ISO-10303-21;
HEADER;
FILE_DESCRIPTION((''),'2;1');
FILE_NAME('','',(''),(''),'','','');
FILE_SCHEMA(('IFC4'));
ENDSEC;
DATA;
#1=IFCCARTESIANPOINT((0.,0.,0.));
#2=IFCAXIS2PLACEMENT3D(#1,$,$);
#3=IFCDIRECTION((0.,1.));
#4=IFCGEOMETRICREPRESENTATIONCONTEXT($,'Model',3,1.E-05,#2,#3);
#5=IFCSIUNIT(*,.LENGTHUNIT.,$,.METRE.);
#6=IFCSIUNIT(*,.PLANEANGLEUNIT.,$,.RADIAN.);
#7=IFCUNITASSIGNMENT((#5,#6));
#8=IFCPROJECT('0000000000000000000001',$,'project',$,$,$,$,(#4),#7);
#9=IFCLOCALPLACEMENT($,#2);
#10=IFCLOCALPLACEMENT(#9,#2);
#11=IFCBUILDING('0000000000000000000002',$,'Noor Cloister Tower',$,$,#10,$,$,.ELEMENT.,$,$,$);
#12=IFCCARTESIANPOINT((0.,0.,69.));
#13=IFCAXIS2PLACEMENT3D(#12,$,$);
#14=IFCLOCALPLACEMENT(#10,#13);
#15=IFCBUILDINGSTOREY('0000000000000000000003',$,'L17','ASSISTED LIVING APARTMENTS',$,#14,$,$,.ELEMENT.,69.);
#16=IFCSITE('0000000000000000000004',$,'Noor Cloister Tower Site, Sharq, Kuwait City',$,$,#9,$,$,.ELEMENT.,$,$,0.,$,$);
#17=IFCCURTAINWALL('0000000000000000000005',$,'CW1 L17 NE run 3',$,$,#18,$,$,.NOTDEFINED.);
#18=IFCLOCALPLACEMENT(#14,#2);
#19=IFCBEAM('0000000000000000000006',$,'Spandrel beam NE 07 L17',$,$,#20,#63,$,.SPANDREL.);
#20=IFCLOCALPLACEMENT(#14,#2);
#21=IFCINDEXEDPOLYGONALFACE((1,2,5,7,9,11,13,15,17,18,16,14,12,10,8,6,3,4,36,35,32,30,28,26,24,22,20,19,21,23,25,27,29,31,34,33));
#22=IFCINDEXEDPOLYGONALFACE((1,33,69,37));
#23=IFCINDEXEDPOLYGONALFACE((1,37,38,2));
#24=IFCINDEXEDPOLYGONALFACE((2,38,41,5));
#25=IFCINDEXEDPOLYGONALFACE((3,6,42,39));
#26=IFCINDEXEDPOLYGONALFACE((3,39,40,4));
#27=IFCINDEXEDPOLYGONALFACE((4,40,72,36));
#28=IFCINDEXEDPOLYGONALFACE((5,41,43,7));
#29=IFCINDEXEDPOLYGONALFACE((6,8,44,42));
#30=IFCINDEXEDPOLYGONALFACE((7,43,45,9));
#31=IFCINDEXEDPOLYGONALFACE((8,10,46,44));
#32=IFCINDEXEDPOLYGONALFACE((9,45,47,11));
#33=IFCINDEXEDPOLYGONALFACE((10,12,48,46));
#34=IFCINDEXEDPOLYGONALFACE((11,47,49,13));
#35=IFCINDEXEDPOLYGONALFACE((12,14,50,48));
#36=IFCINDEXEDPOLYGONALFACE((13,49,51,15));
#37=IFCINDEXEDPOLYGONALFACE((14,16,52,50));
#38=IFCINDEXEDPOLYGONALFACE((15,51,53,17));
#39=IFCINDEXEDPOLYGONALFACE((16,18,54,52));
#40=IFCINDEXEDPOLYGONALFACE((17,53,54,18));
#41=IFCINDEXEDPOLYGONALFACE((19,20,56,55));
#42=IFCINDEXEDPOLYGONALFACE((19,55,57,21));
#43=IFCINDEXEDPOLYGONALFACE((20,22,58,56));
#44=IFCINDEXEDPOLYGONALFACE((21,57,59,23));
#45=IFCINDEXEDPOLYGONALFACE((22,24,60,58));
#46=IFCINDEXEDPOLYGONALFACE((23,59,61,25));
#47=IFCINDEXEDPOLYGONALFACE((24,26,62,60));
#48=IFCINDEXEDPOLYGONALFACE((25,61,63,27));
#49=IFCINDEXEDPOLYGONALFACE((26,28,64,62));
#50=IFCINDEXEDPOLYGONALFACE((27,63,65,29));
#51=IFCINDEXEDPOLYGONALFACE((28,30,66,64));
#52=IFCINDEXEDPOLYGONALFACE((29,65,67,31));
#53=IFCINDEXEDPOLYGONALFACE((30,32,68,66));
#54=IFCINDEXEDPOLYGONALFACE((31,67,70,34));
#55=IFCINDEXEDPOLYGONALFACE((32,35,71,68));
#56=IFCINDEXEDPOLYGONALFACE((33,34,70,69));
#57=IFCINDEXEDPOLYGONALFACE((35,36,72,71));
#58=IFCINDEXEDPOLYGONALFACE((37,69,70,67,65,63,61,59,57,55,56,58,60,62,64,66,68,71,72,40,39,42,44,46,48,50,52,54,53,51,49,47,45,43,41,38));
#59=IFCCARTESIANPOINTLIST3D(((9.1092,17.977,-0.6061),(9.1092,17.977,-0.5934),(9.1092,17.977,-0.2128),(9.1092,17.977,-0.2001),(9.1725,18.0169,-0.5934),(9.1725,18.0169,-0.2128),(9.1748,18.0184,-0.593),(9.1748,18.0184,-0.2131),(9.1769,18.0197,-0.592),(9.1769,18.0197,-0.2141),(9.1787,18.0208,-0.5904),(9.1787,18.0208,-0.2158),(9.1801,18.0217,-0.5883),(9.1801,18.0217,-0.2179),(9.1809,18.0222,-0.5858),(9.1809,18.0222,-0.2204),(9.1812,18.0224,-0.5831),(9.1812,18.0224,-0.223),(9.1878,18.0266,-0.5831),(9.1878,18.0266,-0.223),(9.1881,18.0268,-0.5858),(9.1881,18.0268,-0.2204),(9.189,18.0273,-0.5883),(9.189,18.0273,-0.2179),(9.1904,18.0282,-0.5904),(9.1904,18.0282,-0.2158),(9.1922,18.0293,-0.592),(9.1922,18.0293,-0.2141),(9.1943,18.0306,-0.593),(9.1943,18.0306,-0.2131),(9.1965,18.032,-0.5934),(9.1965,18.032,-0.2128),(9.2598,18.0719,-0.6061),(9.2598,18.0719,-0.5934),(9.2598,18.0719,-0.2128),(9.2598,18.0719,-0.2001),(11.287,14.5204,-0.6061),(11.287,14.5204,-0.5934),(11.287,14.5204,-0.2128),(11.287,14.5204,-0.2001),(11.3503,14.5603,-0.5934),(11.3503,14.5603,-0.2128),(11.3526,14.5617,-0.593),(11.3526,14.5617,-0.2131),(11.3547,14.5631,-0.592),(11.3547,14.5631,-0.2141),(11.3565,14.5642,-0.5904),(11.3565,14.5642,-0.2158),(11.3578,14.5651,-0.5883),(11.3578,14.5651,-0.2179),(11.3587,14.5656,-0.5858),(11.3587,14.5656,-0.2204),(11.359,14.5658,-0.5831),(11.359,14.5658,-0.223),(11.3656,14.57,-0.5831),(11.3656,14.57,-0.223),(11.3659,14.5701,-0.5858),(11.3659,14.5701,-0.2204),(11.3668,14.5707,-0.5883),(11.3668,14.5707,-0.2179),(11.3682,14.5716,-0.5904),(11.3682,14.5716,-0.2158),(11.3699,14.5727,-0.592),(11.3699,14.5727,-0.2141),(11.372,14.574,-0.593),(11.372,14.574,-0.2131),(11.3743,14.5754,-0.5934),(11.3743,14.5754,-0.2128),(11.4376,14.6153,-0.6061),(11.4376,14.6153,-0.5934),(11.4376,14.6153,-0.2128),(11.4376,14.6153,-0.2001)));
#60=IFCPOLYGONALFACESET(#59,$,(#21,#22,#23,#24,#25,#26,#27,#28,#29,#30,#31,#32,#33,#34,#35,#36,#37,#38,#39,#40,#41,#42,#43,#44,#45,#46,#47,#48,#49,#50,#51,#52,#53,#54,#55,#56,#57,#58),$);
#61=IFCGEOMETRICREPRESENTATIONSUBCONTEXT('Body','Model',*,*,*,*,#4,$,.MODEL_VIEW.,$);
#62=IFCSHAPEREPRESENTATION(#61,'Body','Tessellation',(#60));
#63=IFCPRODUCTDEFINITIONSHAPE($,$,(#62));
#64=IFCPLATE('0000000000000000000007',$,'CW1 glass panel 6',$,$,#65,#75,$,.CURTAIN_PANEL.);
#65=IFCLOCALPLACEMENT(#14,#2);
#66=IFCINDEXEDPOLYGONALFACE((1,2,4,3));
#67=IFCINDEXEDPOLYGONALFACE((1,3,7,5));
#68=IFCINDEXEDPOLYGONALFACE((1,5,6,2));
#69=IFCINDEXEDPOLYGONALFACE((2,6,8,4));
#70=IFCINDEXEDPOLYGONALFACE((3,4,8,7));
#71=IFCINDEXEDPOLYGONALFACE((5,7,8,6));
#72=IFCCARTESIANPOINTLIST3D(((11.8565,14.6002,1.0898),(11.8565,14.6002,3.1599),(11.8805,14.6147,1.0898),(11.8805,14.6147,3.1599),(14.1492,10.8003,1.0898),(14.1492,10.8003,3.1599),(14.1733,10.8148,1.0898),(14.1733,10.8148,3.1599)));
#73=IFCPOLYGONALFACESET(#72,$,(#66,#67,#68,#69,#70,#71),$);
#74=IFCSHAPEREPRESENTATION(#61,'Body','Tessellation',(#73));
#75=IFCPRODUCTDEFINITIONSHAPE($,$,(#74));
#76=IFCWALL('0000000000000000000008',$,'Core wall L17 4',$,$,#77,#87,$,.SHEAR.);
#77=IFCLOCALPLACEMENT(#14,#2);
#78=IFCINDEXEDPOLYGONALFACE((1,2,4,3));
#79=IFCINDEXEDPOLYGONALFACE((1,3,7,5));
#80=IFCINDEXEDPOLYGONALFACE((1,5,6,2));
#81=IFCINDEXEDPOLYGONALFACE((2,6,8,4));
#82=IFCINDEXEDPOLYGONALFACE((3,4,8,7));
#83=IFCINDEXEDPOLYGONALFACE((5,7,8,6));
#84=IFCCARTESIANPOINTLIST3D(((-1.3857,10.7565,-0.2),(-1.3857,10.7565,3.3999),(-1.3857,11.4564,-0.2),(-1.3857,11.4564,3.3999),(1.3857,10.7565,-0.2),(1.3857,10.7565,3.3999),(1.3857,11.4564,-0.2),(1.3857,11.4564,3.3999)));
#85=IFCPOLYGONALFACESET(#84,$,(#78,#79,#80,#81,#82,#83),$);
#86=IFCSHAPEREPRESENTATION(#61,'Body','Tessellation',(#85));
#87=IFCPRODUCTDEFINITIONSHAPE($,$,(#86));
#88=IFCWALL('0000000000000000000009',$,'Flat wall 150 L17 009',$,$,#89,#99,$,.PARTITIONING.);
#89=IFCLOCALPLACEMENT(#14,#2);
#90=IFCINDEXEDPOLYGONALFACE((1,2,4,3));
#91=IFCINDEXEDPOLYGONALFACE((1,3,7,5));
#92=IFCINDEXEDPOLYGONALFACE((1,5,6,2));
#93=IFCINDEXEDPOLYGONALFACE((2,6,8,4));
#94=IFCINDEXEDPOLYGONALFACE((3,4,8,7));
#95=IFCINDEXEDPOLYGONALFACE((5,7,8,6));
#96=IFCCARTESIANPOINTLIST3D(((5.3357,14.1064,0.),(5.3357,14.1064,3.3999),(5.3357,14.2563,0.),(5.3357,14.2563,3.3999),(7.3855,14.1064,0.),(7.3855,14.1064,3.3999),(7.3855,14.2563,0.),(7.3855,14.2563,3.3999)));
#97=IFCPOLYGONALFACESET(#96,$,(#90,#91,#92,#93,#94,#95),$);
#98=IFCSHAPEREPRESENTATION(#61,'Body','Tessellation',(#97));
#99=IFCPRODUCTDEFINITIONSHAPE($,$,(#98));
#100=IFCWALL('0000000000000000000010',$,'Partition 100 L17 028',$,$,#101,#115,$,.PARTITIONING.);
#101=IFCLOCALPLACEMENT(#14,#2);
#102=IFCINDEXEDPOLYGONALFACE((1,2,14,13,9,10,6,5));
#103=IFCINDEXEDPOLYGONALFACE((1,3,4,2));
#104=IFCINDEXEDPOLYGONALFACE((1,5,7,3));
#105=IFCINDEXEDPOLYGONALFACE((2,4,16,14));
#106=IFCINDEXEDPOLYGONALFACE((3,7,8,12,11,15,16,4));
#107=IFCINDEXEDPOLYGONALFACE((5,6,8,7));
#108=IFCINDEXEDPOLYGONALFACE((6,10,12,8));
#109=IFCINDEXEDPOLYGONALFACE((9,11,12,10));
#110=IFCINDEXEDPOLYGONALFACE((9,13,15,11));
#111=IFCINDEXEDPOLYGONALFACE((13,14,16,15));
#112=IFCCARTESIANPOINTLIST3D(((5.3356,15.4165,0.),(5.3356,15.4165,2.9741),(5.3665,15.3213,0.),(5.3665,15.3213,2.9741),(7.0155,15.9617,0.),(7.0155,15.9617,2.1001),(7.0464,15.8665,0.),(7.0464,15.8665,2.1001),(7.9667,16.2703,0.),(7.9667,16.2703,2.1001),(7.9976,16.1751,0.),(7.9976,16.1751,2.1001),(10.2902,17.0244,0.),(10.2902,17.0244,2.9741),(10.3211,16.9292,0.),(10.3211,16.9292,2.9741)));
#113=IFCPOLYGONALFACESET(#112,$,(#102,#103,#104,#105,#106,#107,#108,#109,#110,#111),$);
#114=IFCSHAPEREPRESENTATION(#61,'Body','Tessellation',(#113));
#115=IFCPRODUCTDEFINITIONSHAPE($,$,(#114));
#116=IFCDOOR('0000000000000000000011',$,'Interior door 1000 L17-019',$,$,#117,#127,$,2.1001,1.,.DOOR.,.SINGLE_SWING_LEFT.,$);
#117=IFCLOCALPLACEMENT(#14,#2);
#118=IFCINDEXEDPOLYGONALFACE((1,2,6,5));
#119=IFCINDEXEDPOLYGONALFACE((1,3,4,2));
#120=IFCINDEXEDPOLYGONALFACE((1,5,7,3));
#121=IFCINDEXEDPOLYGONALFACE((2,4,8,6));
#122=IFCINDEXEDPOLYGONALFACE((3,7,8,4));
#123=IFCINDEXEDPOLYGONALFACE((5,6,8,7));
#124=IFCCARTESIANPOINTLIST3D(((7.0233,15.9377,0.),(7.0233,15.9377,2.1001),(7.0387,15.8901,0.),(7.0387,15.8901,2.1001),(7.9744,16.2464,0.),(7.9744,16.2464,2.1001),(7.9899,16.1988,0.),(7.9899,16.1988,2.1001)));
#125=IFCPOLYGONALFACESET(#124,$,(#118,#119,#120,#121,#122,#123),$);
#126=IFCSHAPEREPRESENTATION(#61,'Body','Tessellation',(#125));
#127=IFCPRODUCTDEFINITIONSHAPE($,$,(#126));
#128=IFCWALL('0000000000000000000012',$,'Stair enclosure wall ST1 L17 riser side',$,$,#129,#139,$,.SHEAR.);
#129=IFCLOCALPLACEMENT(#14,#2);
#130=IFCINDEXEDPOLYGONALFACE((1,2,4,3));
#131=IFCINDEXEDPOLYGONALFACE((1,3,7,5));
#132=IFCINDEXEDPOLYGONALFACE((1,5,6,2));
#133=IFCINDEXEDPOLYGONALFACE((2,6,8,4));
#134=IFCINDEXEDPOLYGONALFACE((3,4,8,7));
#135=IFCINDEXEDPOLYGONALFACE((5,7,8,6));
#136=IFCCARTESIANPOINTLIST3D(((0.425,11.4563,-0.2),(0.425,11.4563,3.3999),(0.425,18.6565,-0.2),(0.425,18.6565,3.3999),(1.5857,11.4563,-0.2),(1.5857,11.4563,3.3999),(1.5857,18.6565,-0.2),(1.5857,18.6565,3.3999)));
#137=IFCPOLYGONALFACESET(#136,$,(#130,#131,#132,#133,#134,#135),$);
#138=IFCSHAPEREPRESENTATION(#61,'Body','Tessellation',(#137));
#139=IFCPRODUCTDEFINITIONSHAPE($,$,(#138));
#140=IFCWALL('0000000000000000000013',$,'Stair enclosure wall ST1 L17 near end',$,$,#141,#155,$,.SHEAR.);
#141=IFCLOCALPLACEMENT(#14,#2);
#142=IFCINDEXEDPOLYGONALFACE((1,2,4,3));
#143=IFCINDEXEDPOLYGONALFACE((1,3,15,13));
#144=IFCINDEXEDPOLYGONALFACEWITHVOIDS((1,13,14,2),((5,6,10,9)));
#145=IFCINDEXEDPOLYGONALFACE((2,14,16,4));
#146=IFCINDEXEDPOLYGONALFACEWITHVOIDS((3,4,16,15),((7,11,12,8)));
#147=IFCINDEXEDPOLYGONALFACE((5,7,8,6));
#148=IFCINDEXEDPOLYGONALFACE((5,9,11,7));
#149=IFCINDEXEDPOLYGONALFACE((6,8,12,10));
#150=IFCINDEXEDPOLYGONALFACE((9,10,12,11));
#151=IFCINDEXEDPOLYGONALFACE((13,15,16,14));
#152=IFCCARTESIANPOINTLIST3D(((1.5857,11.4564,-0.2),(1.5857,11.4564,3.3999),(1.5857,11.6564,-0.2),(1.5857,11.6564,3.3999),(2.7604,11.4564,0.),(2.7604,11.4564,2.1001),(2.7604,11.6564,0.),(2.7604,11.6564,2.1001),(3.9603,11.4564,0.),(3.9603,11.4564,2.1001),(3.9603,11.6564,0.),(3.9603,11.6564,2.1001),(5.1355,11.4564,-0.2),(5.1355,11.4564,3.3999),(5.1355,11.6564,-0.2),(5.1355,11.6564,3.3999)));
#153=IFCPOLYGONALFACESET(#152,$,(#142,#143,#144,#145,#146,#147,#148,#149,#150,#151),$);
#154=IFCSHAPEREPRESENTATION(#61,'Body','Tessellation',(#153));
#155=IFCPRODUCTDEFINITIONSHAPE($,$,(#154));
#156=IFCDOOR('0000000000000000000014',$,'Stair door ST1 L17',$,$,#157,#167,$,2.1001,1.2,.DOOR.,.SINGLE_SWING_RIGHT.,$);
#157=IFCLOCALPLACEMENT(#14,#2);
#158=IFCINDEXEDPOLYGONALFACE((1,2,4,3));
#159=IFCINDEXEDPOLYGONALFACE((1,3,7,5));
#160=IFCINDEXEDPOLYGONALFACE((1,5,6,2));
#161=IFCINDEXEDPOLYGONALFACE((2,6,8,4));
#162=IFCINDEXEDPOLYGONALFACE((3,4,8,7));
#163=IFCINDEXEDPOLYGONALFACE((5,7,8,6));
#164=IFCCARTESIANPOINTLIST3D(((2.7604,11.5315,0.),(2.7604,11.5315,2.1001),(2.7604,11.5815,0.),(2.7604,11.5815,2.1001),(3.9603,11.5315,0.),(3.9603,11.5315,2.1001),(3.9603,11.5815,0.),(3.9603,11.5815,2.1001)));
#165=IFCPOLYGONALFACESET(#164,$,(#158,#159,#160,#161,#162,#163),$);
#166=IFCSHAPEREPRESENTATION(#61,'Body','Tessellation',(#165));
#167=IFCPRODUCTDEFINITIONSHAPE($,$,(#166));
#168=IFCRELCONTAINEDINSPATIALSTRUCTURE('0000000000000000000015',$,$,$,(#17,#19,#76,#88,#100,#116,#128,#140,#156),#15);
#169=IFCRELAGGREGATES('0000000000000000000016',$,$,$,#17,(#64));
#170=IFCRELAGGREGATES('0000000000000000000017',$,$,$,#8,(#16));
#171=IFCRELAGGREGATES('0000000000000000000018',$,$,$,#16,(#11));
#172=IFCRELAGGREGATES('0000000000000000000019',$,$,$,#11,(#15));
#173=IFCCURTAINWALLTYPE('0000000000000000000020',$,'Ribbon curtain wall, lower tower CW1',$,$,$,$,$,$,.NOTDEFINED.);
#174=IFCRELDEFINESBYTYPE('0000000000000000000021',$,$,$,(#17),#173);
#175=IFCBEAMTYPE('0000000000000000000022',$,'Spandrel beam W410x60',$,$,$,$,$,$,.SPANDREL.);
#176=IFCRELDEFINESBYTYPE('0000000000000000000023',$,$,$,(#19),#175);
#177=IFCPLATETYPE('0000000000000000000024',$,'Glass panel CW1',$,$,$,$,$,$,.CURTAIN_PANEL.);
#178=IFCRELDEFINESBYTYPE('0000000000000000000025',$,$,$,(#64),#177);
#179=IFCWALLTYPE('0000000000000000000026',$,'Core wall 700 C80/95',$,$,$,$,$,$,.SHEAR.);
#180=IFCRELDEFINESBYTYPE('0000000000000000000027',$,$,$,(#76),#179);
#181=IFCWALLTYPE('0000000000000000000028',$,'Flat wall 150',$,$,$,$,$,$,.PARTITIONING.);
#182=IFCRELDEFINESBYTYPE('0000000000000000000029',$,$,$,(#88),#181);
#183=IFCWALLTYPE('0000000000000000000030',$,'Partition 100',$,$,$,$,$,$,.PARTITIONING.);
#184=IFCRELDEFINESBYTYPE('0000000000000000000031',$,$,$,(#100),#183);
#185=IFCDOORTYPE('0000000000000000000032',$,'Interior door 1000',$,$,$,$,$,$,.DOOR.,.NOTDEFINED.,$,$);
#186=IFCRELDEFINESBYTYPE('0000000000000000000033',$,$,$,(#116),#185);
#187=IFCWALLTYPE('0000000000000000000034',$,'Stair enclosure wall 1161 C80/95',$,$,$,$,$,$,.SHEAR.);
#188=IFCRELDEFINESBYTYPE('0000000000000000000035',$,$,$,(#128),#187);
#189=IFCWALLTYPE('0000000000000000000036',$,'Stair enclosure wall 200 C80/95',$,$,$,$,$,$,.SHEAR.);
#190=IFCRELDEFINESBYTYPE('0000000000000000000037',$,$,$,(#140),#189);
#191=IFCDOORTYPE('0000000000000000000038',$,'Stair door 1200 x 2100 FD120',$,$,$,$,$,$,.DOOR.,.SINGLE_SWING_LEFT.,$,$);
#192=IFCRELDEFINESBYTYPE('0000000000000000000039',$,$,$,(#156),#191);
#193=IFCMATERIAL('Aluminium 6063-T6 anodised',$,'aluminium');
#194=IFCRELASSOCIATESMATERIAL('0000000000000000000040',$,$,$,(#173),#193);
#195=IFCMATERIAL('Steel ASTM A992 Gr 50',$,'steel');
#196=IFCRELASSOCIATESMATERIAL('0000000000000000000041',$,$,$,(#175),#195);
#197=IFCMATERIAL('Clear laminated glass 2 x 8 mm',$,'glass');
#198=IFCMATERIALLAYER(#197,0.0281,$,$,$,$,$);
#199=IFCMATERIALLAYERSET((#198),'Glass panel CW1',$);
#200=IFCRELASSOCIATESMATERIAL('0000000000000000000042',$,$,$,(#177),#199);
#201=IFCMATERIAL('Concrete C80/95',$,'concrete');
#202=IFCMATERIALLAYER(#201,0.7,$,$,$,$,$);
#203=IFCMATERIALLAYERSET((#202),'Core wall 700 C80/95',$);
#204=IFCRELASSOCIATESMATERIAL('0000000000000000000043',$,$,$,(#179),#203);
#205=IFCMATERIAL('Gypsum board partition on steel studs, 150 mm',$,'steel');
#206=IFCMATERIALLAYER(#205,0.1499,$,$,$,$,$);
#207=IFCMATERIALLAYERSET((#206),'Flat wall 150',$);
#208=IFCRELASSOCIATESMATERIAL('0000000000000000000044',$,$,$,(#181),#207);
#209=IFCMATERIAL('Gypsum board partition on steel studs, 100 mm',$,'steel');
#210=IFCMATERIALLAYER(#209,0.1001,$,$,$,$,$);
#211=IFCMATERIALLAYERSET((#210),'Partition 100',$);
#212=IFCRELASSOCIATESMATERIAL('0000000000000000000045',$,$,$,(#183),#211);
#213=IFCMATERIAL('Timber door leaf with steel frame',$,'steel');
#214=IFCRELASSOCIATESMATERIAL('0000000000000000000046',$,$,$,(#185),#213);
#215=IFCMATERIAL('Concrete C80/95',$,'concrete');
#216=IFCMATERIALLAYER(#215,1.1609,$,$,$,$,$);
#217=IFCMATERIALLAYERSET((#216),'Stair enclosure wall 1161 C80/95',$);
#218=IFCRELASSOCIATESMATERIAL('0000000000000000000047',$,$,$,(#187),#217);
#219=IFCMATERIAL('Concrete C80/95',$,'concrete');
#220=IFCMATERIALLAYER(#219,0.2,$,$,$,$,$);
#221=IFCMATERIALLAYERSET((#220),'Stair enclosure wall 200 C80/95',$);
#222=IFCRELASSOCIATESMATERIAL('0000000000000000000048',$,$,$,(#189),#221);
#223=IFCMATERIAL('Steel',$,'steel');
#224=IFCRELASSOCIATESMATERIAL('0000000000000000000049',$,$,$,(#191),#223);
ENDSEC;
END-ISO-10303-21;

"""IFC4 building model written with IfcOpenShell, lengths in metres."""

from ifc_helpers import new_model, si_unit, direction, frame, frame_2d, origin, origin_2d, place, context, subcontext, project, spatial, rectangle, i_section, extrude, material, layer, layer_set, material_profile, profile_set, type_object, element, fill, aggregate, save


model = new_model("IFC4")

# Units and contexts
model_context = context("Model", 3, precision=1e-05, world=origin(), true_north=direction((0.0, 1.0)))
body_context = subcontext(model_context, "Body", "Model", "MODEL_VIEW")
ifc_project = project(units=[si_unit("LENGTHUNIT", "METRE"), si_unit("PLANEANGLEUNIT", "RADIAN")], contexts=[model_context])

# Site, building, storey
site_placement = place(None, origin())
site = spatial("IfcSite", under=ifc_project, at=site_placement, Name="Noor Cloister Tower Site, Sharq, Kuwait City", CompositionType="ELEMENT", RefElevation=0.0)
building_placement = place(site_placement, origin())
building = spatial("IfcBuilding", under=site, at=building_placement, Name="Noor Cloister Tower", CompositionType="ELEMENT")
storey_placement = place(building_placement, frame((0.0, 0.0, 69.0)))
storey = spatial("IfcBuildingStorey", under=building, at=storey_placement, Name="L17", Description="ASSISTED LIVING APARTMENTS", CompositionType="ELEMENT", Elevation=69.0)

# Curtain wall
ifc_material_1 = material(Name="Aluminium 6063-T6 anodised", Category="aluminium")
curtain_wall_type = type_object("IfcCurtainWallType", Name="Ribbon curtain wall, lower tower CW1", PredefinedType="NOTDEFINED", material=ifc_material_1)
curtain_wall_placement = place(storey_placement, origin())
curtain_wall = element("IfcCurtainWall", 1, at=curtain_wall_placement, inside=storey, type_object=curtain_wall_type, Name="CW1 L17 NE run 3", PredefinedType="NOTDEFINED")

# Beam
ifc_material_2 = material(Name="Steel ASTM A992 Gr 50", Category="steel")
ifc_material_profile_1 = material_profile(ifc_material_2, i_section(OverallWidth=0.178, OverallDepth=0.406, WebThickness=0.0078, FlangeThickness=0.0127, FilletRadius=0.0103, at=origin_2d()), Name="W410x60")
ifc_profile_set_1 = profile_set([ifc_material_profile_1], Name="Steel ASTM A992 Gr 50")
beam_type_1 = type_object("IfcBeamType", Name="Spandrel beam W410x60", PredefinedType="SPANDREL", material=ifc_profile_set_1)
beam_1_placement = place(storey_placement, frame((11.3623, 14.5679, -0.4031), z_axis=(-0.533057, 0.846079, 0.0), x_axis=(-0.846079, -0.533057, 0.0)))
element("IfcBeam", 2, at=beam_1_placement, inside=storey, type_object=beam_type_1, Name="Spandrel beam NE 07 L17", PredefinedType="SPANDREL", context=body_context, shape_type="SweptSolid", body=[
    extrude(i_section(OverallWidth=0.178, OverallDepth=0.406, WebThickness=0.0078, FlangeThickness=0.0127, FilletRadius=0.0103, at=origin_2d()), origin(), (0.0, 0.0, 1.0), 4.0854),
])

# Plate
ifc_material_3 = material(Name="Clear laminated glass 2 x 8 mm", Category="glass")
ifc_layer_1 = layer(ifc_material_3, 0.0281)
ifc_layer_set_1 = layer_set([ifc_layer_1], Name="Glass panel CW1")
plate_type = type_object("IfcPlateType", Name="Glass panel CW1", PredefinedType="CURTAIN_PANEL", material=ifc_layer_set_1)
plate_placement = place(storey_placement, frame((13.0149, 12.7075, 1.0898), z_axis=(0.0, 0.0, 1.0), x_axis=(-0.516614, 0.856219, 0.0)))
plate = element("IfcPlate", 3, at=plate_placement, type_object=plate_type, Name="CW1 glass panel 6", PredefinedType="CURTAIN_PANEL", context=body_context, shape_type="SweptSolid", body=[
    extrude(rectangle(XDim=4.438, YDim=0.0281, at=origin_2d()), origin(), (0.0, 0.0, 1.0), 2.0701),
])
aggregate(curtain_wall, [plate])

# Walls
ifc_material_4 = material(Name="Concrete C80/95", Category="concrete")
ifc_layer_2 = layer(ifc_material_4, 0.7)
ifc_layer_set_2 = layer_set([ifc_layer_2], Name="Core wall 700 C80/95")
wall_type_1 = type_object("IfcWallType", Name="Core wall 700 C80/95", PredefinedType="SHEAR", material=ifc_layer_set_2)
wall_1_placement = place(storey_placement, frame((1.3857, 11.1064, -0.2), z_axis=(0.0, 0.0, 1.0), x_axis=(-1.0, 0.0, 0.0)))
element("IfcWall", 4, at=wall_1_placement, inside=storey, type_object=wall_type_1, Name="Core wall L17 4", PredefinedType="SHEAR", context=body_context, shape_type="SweptSolid", body=[
    extrude(rectangle(XDim=2.7715, YDim=0.7, at=frame_2d((1.3857, 0.0))), origin(), (0.0, 0.0, 1.0), 3.5999),
])
ifc_material_5 = material(Name="Gypsum board partition on steel studs, 150 mm", Category="steel")
ifc_layer_3 = layer(ifc_material_5, 0.1499)
ifc_layer_set_3 = layer_set([ifc_layer_3], Name="Flat wall 150")
wall_type_2 = type_object("IfcWallType", Name="Flat wall 150", PredefinedType="PARTITIONING", material=ifc_layer_set_3)
wall_2_placement = place(storey_placement, frame((5.3357, 14.1814, 0.0), z_axis=(0.0, 0.0, 1.0), x_axis=(1.0, 0.0, 0.0)))
element("IfcWall", 5, at=wall_2_placement, inside=storey, type_object=wall_type_2, Name="Flat wall 150 L17 009", PredefinedType="PARTITIONING", context=body_context, shape_type="SweptSolid", body=[
    extrude(rectangle(XDim=2.0498, YDim=0.1499, at=frame_2d((1.0249, 0.0))), origin(), (0.0, 0.0, 1.0), 3.3999),
])

# Wall, opening, door
ifc_material_6 = material(Name="Gypsum board partition on steel studs, 100 mm", Category="steel")
ifc_layer_4 = layer(ifc_material_6, 0.1001)
ifc_layer_set_4 = layer_set([ifc_layer_4], Name="Partition 100")
wall_type_3 = type_object("IfcWallType", Name="Partition 100", PredefinedType="PARTITIONING", material=ifc_layer_set_4)
wall_3_placement = place(storey_placement, frame((5.3511, 15.3689, 0.0), z_axis=(0.0, 0.0, 1.0), x_axis=(0.951166, 0.308681, 0.0)))
wall_3 = element("IfcWall", 6, at=wall_3_placement, inside=storey, type_object=wall_type_3, Name="Partition 100 L17 028", PredefinedType="PARTITIONING", context=body_context, shape_type="SweptSolid", body=[
    extrude(rectangle(XDim=5.209, YDim=0.1001, at=frame_2d((2.6045, 0.0))), origin(), (0.0, 0.0, 1.0), 2.9741),
])
opening_1_placement = place(wall_3_placement, frame((1.7661, 0.0, 0.0)))
opening_1 = element("IfcOpeningElement", 7, at=opening_1_placement, cuts=wall_3, PredefinedType="OPENING", context=body_context, shape_type="SweptSolid", body=[
    extrude(rectangle(XDim=1.0, YDim=2.1001, at=frame_2d((0.5, 1.05))), frame((0.0, 0.0601, 0.0), z_axis=(0.0, -1.0, 0.0), x_axis=(1.0, 0.0, 0.0)), (0.0, 0.0, 1.0), 0.1201),
])
ifc_material_7 = material(Name="Timber door leaf with steel frame", Category="steel")
door_type_1 = type_object("IfcDoorType", Name="Interior door 1000", OperationType="NOTDEFINED", PredefinedType="DOOR", material=ifc_material_7)
door_1_placement = place(opening_1_placement, origin())
door_1 = element("IfcDoor", 8, at=door_1_placement, inside=storey, type_object=door_type_1, Name="Interior door 1000 L17-019", OperationType="SINGLE_SWING_LEFT", OverallHeight=2.1001, OverallWidth=1.0, PredefinedType="DOOR", context=body_context, shape_type="SweptSolid", body=[
    extrude(rectangle(XDim=1.0, YDim=2.1001, at=frame_2d((0.5, 1.05))), frame((0.0, 0.0249, 0.0), z_axis=(0.0, -1.0, 0.0), x_axis=(1.0, 0.0, 0.0)), (0.0, 0.0, 1.0), 0.05),
])
fill(opening_1, door_1)

# Wall
ifc_material_8 = material(Name="Concrete C80/95", Category="concrete")
ifc_layer_5 = layer(ifc_material_8, 1.1609)
ifc_layer_set_5 = layer_set([ifc_layer_5], Name="Stair enclosure wall 1161 C80/95")
wall_type_4 = type_object("IfcWallType", Name="Stair enclosure wall 1161 C80/95", PredefinedType="SHEAR", material=ifc_layer_set_5)
wall_4_placement = place(storey_placement, frame((1.0054, 11.4563, -0.2), z_axis=(0.0, 0.0, 1.0), x_axis=(0.0, 1.0, 0.0)))
element("IfcWall", 9, at=wall_4_placement, inside=storey, type_object=wall_type_4, Name="Stair enclosure wall ST1 L17 riser side", PredefinedType="SHEAR", context=body_context, shape_type="SweptSolid", body=[
    extrude(rectangle(XDim=7.2002, YDim=1.1606, at=frame_2d((3.6001, 0.0))), origin(), (0.0, 0.0, 1.0), 3.5999),
])

# Wall, opening, door
ifc_material_9 = material(Name="Concrete C80/95", Category="concrete")
ifc_layer_6 = layer(ifc_material_9, 0.2)
ifc_layer_set_6 = layer_set([ifc_layer_6], Name="Stair enclosure wall 200 C80/95")
wall_type_5 = type_object("IfcWallType", Name="Stair enclosure wall 200 C80/95", PredefinedType="SHEAR", material=ifc_layer_set_6)
wall_5_placement = place(storey_placement, frame((5.1355, 11.5564, -0.2), z_axis=(0.0, 0.0, 1.0), x_axis=(-1.0, 0.0, 0.0)))
wall_5 = element("IfcWall", 10, at=wall_5_placement, inside=storey, type_object=wall_type_5, Name="Stair enclosure wall ST1 L17 near end", PredefinedType="SHEAR", context=body_context, shape_type="SweptSolid", body=[
    extrude(rectangle(XDim=3.5498, YDim=0.2, at=frame_2d((1.7749, 0.0))), origin(), (0.0, 0.0, 1.0), 3.5999),
])
opening_2_placement = place(wall_5_placement, frame((1.175, 0.0, 0.2)))
opening_2 = element("IfcOpeningElement", 11, at=opening_2_placement, cuts=wall_5, PredefinedType="OPENING", context=body_context, shape_type="SweptSolid", body=[
    extrude(rectangle(XDim=1.2, YDim=2.1001, at=frame_2d((0.6001, 1.05))), frame((0.0, 0.1099, 0.0), z_axis=(0.0, -1.0, 0.0), x_axis=(1.0, 0.0, 0.0)), (0.0, 0.0, 1.0), 0.22),
])
ifc_material_10 = material(Name="Steel", Category="steel")
door_type_2 = type_object("IfcDoorType", Name="Stair door 1200 x 2100 FD120", OperationType="SINGLE_SWING_LEFT", PredefinedType="DOOR", material=ifc_material_10)
door_2_placement = place(opening_2_placement, origin())
door_2 = element("IfcDoor", 12, at=door_2_placement, inside=storey, type_object=door_type_2, Name="Stair door ST1 L17", OperationType="SINGLE_SWING_RIGHT", OverallHeight=2.1001, OverallWidth=1.2, PredefinedType="DOOR", context=body_context, shape_type="SweptSolid", body=[
    extrude(rectangle(XDim=1.2, YDim=2.1001, at=frame_2d((0.6001, 1.05))), frame((0.0, 0.0249, 0.0), z_axis=(0.0, -1.0, 0.0), x_axis=(1.0, 0.0, 0.0)), (0.0, 0.0, 1.0), 0.05),
])
fill(opening_2, door_2)

save(model, "model.ifc")
